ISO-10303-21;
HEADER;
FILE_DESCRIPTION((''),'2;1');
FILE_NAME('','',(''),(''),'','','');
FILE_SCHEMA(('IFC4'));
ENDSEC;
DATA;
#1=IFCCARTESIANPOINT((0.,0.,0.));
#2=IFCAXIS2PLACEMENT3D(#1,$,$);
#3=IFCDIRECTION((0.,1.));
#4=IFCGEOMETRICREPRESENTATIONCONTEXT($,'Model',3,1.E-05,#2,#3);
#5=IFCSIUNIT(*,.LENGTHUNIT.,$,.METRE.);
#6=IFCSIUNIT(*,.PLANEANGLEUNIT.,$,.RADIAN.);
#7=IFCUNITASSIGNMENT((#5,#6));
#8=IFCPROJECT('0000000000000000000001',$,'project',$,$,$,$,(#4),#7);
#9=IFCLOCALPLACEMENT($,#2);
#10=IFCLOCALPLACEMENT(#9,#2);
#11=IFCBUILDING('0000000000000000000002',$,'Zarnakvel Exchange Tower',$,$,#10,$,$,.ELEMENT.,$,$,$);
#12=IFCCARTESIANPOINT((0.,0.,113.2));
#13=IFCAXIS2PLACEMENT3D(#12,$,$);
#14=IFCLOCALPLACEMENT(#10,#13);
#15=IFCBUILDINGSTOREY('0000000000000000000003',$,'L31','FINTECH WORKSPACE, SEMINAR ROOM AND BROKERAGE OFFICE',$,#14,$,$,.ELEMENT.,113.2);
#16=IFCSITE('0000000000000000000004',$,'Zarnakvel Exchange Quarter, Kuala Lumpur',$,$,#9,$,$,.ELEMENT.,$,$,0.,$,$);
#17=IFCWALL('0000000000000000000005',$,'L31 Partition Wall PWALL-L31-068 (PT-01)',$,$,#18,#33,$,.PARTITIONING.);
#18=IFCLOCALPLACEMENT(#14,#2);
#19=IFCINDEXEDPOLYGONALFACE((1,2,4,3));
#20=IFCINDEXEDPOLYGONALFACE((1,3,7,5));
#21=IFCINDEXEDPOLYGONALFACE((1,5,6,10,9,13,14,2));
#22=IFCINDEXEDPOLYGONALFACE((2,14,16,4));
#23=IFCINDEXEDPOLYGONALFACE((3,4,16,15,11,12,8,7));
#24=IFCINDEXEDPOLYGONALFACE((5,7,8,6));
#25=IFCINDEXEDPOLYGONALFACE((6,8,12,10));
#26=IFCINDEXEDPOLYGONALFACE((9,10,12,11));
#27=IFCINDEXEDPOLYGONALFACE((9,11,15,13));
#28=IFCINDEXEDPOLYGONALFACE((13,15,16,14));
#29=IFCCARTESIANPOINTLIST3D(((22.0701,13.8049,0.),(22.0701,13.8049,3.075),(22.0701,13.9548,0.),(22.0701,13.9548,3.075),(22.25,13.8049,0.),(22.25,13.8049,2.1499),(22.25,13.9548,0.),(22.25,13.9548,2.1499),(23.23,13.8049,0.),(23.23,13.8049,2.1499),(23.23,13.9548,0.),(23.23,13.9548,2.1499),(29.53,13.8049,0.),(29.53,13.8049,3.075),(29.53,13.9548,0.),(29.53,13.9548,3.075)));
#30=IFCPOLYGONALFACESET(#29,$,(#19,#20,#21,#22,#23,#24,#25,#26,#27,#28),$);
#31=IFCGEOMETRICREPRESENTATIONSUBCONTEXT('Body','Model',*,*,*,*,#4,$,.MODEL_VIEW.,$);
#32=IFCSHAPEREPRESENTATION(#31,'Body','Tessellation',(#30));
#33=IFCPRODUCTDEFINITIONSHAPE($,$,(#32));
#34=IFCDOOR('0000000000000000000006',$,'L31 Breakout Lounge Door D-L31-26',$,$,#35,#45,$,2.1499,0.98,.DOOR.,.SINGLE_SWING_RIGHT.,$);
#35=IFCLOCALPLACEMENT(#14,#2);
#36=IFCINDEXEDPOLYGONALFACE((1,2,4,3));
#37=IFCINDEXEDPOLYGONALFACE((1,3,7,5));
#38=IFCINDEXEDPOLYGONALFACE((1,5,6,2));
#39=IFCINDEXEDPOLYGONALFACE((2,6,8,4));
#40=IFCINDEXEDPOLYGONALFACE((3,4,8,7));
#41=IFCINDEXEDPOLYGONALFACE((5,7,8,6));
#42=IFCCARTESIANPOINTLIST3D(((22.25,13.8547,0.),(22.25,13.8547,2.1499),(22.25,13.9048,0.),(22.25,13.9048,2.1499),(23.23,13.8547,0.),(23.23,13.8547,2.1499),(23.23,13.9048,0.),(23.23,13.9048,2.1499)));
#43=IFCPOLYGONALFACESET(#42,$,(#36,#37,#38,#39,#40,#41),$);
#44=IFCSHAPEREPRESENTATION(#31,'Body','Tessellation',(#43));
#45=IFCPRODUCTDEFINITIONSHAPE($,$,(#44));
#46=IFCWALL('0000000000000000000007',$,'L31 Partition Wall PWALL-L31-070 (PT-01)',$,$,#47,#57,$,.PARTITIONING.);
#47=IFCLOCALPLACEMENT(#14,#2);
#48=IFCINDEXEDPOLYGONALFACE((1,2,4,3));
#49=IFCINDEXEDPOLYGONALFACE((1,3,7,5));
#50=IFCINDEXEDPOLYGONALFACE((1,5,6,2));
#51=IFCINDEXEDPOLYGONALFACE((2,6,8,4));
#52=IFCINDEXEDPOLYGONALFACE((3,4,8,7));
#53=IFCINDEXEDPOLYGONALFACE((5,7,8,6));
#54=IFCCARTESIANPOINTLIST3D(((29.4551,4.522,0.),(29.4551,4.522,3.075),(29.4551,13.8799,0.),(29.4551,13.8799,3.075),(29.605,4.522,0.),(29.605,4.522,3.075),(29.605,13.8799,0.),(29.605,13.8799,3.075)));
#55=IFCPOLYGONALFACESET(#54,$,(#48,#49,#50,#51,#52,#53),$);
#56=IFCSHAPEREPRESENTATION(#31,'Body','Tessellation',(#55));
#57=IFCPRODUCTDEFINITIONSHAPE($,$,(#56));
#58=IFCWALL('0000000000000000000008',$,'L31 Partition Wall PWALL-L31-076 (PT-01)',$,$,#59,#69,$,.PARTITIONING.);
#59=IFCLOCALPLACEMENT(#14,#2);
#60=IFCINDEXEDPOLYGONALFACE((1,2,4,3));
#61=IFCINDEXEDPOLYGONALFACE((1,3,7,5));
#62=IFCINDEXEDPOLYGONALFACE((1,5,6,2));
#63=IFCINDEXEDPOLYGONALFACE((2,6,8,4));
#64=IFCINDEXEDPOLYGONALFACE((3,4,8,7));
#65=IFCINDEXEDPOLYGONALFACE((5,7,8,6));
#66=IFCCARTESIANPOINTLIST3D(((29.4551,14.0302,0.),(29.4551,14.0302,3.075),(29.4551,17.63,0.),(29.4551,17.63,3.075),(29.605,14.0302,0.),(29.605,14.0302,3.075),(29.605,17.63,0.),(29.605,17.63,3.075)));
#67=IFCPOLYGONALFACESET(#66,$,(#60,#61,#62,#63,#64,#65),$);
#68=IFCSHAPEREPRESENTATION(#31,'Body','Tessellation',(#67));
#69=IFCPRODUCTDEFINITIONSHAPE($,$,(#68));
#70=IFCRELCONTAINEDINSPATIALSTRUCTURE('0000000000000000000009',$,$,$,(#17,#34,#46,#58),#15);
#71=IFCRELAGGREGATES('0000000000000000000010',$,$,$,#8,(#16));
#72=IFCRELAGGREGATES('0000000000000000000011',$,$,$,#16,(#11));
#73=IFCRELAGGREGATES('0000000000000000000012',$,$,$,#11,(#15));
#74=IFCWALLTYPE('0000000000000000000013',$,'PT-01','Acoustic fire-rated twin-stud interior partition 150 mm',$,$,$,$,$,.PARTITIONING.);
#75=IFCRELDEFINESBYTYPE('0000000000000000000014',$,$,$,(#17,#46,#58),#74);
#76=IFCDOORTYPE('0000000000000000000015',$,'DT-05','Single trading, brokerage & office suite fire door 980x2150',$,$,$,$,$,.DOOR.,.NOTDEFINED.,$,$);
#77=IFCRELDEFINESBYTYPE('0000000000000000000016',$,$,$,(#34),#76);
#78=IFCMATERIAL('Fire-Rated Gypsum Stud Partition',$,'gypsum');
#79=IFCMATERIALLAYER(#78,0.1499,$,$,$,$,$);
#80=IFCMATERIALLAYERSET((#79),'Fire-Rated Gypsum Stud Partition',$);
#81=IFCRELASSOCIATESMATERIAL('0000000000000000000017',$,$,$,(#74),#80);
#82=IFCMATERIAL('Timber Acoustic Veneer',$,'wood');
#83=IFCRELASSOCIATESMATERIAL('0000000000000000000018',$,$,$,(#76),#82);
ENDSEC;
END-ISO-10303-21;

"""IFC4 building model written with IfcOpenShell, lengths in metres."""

from ifc_helpers import new_model, si_unit, direction, frame, frame_2d, origin, place, context, subcontext, project, spatial, rectangle, extrude, source, transform, mapped, material, layer, layer_set, type_object, element, fill, save


model = new_model("IFC4")

# Units and contexts
model_context = context("Model", 3, precision=1e-05, world=origin(), true_north=direction((0.0, 1.0)))
body_context = subcontext(model_context, "Body", "Model", "MODEL_VIEW")
ifc_project = project(units=[si_unit("LENGTHUNIT", "METRE"), si_unit("PLANEANGLEUNIT", "RADIAN")], contexts=[model_context])

# Site, building, storey
site_placement = place(None, origin())
site = spatial("IfcSite", under=ifc_project, at=site_placement, Name="Zarnakvel Exchange Quarter, Kuala Lumpur", CompositionType="ELEMENT", RefElevation=0.0)
building_placement = place(site_placement, origin())
building = spatial("IfcBuilding", under=site, at=building_placement, Name="Zarnakvel Exchange Tower", CompositionType="ELEMENT")
storey_placement = place(building_placement, frame((0.0, 0.0, 113.2)))
storey = spatial("IfcBuildingStorey", under=building, at=storey_placement, Name="L31", Description="FINTECH WORKSPACE, SEMINAR ROOM AND BROKERAGE OFFICE", CompositionType="ELEMENT", Elevation=113.2)

# Shared definitions
ifc_material_1 = material(Name="Fire-Rated Gypsum Stud Partition", Category="gypsum")
ifc_layer_1 = layer(ifc_material_1, 0.1499)
ifc_layer_set_1 = layer_set([ifc_layer_1], Name="Fire-Rated Gypsum Stud Partition")
wall_type_1 = type_object("IfcWallType", Name="PT-01", Description="Acoustic fire-rated twin-stud interior partition 150 mm", PredefinedType="PARTITIONING", material=ifc_layer_set_1)

# Wall, opening, door
wall_1_placement = place(storey_placement, frame((22.0701, 13.8799, 0.0), z_axis=(0.0, 0.0, 1.0), x_axis=(1.0, 0.0, 0.0)))
wall_1 = element("IfcWall", 1, at=wall_1_placement, inside=storey, type_object=wall_type_1, Name="L31 Partition Wall PWALL-L31-068 (PT-01)", PredefinedType="PARTITIONING", context=body_context, shape_type="SweptSolid", body=[
    extrude(rectangle(XDim=7.46, YDim=0.1499, at=frame_2d((3.73, 0.0))), origin(), (0.0, 0.0, 1.0), 3.075),
])
opening_placement = place(wall_1_placement, frame((0.1799, 0.0, 0.0)))
opening = element("IfcOpeningElement", 2, at=opening_placement, cuts=wall_1, PredefinedType="OPENING", context=body_context, shape_type="SweptSolid", body=[
    extrude(rectangle(XDim=0.98, YDim=2.1499, at=frame_2d((0.49, 1.075))), frame((0.0, 0.085, 0.0), z_axis=(0.0, -1.0, 0.0), x_axis=(1.0, 0.0, 0.0)), (0.0, 0.0, 1.0), 0.1699),
])
ifc_material_2 = material(Name="Timber Acoustic Veneer", Category="wood")
door_type = type_object("IfcDoorType", Name="DT-05", Description="Single trading, brokerage & office suite fire door 980x2150", OperationType="NOTDEFINED", PredefinedType="DOOR", material=ifc_material_2)
shared_shape_1 = source(origin(), body_context, "Body", "SweptSolid", [
    extrude(rectangle(XDim=0.98, YDim=2.1499, at=frame_2d((0.49, 1.075))), frame((0.0, 0.0249, 0.0), z_axis=(0.0, -1.0, 0.0), x_axis=(1.0, 0.0, 0.0)), (0.0, 0.0, 1.0), 0.05),
])
door_placement = place(opening_placement, origin())
door = element("IfcDoor", 3, at=door_placement, inside=storey, type_object=door_type, Name="L31 Breakout Lounge Door D-L31-26", OperationType="SINGLE_SWING_RIGHT", OverallHeight=2.1499, OverallWidth=0.98, PredefinedType="DOOR", context=body_context, shape_type="MappedRepresentation", body=[
    mapped(shared_shape_1, transform((0.0, 0.0, 0.0), x_axis=(1.0, 0.0, 0.0), y_axis=(0.0, 1.0, 0.0), z_axis=(0.0, 0.0, 1.0), scale=1.0)),
])
fill(opening, door)

# Walls
wall_2_placement = place(storey_placement, frame((29.53, 13.8799, 0.0), z_axis=(0.0, 0.0, 1.0), x_axis=(0.0, -1.0, 0.0)))
element("IfcWall", 4, at=wall_2_placement, inside=storey, type_object=wall_type_1, Name="L31 Partition Wall PWALL-L31-070 (PT-01)", PredefinedType="PARTITIONING", context=body_context, shape_type="SweptSolid", body=[
    extrude(rectangle(XDim=9.3579, YDim=0.1499, at=frame_2d((4.679, 0.0))), origin(), (0.0, 0.0, 1.0), 3.075),
])
wall_3_placement = place(storey_placement, frame((29.53, 17.6299, 0.0), z_axis=(0.0, 0.0, 1.0), x_axis=(0.0, -1.0, 0.0)))
element("IfcWall", 5, at=wall_3_placement, inside=storey, type_object=wall_type_1, Name="L31 Partition Wall PWALL-L31-076 (PT-01)", PredefinedType="PARTITIONING", context=body_context, shape_type="SweptSolid", body=[
    extrude(rectangle(XDim=3.5999, YDim=0.1499, at=frame_2d((1.7998, 0.0))), origin(), (0.0, 0.0, 1.0), 3.075),
])

save(model, "model.ifc")
